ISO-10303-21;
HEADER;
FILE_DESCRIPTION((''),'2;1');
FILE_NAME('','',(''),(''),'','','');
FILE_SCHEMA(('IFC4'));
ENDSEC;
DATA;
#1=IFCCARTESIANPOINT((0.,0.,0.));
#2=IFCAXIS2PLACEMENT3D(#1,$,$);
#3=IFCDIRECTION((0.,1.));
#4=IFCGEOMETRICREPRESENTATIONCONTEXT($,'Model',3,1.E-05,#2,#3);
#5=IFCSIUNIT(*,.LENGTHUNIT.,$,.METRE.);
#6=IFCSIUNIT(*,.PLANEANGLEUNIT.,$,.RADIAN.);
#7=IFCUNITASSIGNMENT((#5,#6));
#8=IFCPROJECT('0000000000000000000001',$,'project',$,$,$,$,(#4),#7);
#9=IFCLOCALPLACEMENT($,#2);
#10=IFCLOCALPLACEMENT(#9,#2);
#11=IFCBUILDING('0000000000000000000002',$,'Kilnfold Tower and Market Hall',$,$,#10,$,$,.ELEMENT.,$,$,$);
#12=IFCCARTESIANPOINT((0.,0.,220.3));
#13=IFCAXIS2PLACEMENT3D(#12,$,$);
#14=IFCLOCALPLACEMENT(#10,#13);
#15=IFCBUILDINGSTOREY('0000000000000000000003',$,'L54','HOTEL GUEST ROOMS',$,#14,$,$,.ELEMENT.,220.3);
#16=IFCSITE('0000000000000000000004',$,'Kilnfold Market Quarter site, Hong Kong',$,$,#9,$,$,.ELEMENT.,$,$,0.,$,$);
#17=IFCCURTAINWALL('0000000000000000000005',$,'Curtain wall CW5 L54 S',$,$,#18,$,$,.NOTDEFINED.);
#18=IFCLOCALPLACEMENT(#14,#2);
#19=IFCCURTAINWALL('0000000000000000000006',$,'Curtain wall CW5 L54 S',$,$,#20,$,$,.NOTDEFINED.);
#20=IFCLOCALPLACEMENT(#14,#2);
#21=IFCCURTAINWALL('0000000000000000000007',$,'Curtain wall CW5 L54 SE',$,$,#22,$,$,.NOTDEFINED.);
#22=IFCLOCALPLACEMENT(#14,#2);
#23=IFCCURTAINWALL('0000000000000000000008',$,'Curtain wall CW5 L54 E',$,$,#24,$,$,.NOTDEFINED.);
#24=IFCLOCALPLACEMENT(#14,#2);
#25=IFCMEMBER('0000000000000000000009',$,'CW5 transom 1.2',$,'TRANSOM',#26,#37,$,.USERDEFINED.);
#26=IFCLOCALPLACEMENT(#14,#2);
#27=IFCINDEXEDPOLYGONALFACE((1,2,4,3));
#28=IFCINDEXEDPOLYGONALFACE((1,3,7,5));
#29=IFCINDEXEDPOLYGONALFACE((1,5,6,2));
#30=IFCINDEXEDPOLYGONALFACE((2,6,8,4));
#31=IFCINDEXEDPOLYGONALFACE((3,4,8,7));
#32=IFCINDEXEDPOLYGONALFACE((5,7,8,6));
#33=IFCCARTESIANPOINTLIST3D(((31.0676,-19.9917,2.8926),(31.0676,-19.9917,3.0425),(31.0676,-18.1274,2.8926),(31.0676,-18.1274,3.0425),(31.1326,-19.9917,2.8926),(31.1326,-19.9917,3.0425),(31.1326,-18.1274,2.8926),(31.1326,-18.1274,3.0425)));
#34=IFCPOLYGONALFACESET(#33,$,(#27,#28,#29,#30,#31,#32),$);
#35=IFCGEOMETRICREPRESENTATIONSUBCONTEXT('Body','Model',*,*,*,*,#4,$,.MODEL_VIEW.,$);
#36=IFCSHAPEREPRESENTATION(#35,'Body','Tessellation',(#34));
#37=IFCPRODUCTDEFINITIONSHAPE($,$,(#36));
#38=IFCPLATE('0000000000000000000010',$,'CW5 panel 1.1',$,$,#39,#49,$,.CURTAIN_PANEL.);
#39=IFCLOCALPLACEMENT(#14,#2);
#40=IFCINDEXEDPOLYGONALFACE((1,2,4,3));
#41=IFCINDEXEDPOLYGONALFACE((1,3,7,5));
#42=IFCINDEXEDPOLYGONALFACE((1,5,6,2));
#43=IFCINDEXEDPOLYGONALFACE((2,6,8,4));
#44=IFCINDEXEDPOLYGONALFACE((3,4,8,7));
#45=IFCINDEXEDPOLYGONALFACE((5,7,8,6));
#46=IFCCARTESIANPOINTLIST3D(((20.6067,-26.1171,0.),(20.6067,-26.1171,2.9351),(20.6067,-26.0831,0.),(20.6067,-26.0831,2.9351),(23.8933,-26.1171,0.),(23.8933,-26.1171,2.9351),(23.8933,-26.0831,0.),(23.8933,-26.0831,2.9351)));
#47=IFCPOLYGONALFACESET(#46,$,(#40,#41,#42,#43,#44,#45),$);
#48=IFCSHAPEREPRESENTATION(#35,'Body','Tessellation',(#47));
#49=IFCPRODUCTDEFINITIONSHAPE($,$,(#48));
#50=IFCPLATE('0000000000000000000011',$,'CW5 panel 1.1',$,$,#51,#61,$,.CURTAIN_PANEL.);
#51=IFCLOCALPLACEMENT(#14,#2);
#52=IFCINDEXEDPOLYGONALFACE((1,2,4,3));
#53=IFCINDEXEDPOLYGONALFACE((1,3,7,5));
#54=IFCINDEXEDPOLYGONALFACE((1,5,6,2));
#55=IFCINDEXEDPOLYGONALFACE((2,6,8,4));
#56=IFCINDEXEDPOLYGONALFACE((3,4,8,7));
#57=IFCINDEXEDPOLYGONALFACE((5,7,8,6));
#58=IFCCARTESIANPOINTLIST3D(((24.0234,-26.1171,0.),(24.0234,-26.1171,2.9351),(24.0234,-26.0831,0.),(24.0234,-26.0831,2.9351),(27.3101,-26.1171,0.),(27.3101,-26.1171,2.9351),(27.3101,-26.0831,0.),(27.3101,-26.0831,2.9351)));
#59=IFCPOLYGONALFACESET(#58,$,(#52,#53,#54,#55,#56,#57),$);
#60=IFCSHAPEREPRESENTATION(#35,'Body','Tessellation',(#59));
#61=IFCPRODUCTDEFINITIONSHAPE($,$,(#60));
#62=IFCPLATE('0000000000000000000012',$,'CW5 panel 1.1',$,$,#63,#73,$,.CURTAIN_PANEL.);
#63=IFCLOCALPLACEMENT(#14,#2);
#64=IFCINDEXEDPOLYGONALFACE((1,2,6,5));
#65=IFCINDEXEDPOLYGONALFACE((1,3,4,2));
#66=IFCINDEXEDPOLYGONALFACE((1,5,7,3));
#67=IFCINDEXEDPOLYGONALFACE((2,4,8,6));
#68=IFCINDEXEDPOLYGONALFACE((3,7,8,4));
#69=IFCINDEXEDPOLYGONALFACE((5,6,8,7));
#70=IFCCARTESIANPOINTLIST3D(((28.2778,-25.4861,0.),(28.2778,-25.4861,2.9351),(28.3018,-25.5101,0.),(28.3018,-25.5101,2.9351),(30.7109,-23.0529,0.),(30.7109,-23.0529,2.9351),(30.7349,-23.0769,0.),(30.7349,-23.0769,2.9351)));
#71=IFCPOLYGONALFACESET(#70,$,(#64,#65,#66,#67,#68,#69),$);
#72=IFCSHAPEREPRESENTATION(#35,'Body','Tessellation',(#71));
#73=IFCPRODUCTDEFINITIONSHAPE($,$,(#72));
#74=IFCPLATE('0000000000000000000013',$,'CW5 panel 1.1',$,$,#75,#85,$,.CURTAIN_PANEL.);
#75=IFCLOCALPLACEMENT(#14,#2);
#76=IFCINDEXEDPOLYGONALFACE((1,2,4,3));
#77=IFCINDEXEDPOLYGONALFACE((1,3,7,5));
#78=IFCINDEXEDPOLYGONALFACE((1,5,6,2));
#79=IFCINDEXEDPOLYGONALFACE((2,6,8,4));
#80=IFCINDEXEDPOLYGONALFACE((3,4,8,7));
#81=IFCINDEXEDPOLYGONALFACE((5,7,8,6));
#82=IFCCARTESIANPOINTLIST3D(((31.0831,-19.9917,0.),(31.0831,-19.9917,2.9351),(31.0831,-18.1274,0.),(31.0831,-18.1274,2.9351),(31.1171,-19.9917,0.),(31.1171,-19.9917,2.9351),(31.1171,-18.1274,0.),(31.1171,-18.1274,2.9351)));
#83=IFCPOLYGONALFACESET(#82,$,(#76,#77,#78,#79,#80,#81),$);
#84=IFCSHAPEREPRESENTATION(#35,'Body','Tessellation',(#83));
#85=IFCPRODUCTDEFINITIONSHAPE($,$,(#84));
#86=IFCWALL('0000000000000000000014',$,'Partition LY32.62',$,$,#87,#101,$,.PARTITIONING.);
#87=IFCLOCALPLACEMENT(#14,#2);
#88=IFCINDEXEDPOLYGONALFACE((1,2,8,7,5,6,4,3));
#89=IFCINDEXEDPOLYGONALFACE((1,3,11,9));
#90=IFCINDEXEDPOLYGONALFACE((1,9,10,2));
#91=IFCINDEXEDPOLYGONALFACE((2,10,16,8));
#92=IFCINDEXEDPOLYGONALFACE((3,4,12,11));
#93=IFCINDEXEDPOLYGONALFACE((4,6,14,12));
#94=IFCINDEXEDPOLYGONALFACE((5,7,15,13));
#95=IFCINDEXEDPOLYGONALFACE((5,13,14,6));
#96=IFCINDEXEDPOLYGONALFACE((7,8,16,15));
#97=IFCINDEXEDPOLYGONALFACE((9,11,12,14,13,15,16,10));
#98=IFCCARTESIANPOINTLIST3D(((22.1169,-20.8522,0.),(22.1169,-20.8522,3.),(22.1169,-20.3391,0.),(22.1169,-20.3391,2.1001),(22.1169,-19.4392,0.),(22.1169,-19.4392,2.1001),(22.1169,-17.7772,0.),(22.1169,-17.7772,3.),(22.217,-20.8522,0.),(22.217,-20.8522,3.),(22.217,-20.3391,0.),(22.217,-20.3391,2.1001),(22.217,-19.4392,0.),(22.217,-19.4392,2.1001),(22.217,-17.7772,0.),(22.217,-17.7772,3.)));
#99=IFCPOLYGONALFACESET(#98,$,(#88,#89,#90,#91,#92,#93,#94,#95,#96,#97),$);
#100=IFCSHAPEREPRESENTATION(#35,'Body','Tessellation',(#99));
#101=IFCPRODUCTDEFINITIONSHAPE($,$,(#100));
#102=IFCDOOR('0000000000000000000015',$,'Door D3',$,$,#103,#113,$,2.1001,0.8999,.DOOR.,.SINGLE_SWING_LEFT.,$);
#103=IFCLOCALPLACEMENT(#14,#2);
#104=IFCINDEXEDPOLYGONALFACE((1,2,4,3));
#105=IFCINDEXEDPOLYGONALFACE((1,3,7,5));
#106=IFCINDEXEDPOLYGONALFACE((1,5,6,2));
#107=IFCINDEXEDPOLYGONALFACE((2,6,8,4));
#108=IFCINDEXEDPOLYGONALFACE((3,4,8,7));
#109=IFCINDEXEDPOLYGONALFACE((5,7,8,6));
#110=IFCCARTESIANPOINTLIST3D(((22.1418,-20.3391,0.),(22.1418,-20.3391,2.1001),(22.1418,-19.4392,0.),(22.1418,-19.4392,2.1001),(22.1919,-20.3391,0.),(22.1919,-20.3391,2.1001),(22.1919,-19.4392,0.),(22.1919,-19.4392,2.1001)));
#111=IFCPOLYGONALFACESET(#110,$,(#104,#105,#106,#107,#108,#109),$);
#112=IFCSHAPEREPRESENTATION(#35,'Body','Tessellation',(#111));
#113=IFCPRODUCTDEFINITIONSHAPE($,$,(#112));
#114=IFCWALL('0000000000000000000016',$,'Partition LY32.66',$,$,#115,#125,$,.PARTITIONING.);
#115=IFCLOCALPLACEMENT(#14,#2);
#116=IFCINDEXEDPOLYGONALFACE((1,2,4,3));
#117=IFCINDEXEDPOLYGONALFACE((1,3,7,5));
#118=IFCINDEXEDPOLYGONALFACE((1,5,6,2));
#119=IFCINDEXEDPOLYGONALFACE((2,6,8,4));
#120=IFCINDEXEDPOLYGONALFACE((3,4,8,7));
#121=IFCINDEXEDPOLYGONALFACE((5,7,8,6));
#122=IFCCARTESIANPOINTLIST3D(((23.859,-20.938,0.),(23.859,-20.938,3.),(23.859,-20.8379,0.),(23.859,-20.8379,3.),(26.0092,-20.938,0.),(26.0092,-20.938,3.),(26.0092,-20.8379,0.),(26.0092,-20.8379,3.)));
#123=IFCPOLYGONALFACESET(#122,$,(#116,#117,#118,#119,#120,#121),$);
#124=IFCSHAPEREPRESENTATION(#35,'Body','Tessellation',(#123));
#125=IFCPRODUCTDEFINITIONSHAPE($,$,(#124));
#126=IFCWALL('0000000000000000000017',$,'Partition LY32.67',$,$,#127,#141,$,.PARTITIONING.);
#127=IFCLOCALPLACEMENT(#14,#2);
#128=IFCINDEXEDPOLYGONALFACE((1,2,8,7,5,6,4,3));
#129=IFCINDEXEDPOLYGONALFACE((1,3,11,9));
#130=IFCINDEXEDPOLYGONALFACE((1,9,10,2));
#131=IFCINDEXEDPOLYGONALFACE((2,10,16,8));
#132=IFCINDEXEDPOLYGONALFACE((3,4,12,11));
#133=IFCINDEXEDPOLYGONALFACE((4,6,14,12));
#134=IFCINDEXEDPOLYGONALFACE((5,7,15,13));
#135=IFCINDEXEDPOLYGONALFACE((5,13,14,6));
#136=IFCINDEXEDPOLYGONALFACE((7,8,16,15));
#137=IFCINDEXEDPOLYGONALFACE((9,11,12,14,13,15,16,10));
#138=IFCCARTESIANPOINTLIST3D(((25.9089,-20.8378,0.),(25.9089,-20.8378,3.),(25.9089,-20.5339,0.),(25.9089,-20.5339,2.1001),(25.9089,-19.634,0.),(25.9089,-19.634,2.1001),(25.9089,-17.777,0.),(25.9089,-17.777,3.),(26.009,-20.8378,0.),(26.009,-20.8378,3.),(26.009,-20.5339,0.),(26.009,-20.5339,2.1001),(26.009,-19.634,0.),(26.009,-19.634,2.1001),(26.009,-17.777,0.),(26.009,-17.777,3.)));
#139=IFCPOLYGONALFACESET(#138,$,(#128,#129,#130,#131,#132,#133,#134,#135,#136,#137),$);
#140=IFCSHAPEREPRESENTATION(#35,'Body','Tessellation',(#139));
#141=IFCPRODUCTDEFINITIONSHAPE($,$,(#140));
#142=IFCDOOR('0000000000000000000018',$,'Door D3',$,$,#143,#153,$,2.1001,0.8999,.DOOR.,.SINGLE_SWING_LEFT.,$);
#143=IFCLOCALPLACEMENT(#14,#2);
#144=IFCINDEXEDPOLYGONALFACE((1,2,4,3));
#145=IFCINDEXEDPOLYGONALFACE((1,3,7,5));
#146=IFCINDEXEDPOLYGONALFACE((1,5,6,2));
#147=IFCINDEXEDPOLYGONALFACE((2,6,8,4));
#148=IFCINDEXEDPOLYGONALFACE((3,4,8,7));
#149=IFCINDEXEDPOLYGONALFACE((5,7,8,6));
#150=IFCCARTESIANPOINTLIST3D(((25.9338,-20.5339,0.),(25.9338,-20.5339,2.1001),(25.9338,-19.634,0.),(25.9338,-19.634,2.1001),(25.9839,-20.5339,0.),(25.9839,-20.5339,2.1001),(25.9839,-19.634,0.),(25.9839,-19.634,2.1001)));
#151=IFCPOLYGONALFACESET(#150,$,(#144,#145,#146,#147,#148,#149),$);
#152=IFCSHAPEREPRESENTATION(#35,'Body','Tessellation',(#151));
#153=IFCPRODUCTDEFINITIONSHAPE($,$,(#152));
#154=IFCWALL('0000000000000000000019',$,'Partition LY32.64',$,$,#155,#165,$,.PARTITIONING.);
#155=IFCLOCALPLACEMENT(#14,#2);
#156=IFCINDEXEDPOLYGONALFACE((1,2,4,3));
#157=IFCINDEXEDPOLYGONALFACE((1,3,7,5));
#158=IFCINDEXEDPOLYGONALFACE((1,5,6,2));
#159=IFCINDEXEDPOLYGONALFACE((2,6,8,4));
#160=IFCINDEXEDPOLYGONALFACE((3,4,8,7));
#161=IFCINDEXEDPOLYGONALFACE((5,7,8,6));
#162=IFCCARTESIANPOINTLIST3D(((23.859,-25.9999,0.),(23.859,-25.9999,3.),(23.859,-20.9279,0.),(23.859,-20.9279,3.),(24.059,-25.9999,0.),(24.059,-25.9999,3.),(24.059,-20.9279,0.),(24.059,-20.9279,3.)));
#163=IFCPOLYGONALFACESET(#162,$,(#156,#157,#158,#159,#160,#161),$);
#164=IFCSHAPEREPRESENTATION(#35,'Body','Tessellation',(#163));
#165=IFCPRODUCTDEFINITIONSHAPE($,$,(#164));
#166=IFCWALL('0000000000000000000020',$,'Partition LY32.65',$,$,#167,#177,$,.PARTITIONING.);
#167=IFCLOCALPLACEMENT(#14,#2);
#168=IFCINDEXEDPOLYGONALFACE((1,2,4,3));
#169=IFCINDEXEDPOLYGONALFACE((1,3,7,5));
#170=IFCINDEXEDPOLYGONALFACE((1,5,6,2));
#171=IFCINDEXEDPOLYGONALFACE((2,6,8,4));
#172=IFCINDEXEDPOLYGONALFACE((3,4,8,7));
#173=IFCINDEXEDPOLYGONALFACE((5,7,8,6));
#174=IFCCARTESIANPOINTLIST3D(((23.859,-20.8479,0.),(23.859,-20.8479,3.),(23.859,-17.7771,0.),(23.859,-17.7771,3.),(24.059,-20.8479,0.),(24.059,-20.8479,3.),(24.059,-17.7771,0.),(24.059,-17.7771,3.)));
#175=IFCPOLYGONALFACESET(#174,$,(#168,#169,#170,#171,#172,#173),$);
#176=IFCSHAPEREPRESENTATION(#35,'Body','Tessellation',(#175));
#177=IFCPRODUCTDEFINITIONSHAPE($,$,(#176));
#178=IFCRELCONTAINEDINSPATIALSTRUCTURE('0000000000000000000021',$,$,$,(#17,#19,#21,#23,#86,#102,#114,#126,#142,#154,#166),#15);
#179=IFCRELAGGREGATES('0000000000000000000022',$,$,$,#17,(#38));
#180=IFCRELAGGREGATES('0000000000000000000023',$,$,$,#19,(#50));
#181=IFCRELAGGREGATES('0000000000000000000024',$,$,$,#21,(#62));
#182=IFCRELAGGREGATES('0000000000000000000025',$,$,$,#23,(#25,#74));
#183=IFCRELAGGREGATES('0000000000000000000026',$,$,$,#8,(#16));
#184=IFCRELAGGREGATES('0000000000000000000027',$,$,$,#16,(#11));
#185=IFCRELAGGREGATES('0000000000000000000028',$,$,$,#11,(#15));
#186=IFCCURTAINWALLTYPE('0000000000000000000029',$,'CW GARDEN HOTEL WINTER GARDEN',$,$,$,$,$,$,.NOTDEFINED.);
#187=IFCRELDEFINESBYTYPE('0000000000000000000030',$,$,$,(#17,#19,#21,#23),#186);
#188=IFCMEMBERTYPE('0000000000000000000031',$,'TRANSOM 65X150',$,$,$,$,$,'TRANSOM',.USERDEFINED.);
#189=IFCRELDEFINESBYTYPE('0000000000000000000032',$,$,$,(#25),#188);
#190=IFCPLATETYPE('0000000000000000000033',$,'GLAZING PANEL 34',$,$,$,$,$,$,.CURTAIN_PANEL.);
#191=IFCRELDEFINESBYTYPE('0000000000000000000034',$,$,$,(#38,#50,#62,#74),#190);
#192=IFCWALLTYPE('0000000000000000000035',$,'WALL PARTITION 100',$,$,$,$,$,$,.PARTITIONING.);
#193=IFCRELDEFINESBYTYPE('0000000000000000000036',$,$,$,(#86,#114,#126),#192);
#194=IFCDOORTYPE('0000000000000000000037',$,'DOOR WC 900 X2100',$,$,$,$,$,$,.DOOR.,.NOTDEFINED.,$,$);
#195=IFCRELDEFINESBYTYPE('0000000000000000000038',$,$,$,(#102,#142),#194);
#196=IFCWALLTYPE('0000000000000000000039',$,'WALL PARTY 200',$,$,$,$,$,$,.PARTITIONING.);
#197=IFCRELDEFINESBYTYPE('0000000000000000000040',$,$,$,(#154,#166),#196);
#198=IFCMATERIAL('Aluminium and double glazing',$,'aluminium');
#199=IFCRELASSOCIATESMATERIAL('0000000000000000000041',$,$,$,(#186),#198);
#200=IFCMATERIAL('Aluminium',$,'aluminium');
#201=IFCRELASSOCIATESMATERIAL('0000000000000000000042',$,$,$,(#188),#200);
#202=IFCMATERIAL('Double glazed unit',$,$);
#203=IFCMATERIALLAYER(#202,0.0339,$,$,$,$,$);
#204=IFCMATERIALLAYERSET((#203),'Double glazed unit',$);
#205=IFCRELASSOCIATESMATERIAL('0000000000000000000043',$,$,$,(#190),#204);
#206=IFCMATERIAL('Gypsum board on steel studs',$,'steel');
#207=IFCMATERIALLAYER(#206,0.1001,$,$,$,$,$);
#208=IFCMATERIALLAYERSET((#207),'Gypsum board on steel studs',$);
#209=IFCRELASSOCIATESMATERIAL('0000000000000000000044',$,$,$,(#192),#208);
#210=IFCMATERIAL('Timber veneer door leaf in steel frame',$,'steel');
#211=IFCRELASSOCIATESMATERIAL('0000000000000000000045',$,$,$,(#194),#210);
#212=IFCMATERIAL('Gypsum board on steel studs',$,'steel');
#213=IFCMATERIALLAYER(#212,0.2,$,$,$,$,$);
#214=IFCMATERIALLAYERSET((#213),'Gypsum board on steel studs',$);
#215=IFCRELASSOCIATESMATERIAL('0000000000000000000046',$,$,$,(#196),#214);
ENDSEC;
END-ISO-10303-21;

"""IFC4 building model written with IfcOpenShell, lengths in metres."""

from ifc_helpers import new_model, si_unit, direction, frame, frame_2d, origin, origin_2d, place, context, subcontext, project, spatial, rectangle, extrude, source, transform, mapped, material, layer, layer_set, material_profile, profile_set, type_object, element, fill, aggregate, save


model = new_model("IFC4")

# Units and contexts
model_context = context("Model", 3, precision=1e-05, world=origin(), true_north=direction((0.0, 1.0)))
body_context = subcontext(model_context, "Body", "Model", "MODEL_VIEW")
ifc_project = project(units=[si_unit("LENGTHUNIT", "METRE"), si_unit("PLANEANGLEUNIT", "RADIAN")], contexts=[model_context])

# Site, building, storey
site_placement = place(None, origin())
site = spatial("IfcSite", under=ifc_project, at=site_placement, Name="Kilnfold Market Quarter site, Hong Kong", CompositionType="ELEMENT", RefElevation=0.0)
building_placement = place(site_placement, origin())
building = spatial("IfcBuilding", under=site, at=building_placement, Name="Kilnfold Tower and Market Hall", CompositionType="ELEMENT")
storey_placement = place(building_placement, frame((0.0, 0.0, 220.3)))
storey = spatial("IfcBuildingStorey", under=building, at=storey_placement, Name="L54", Description="HOTEL GUEST ROOMS", CompositionType="ELEMENT", Elevation=220.3)

# Curtain wall
ifc_material_1 = material(Name="Aluminium and double glazing", Category="aluminium")
curtain_wall_type = type_object("IfcCurtainWallType", Name="CW GARDEN HOTEL WINTER GARDEN", PredefinedType="NOTDEFINED", material=ifc_material_1)
curtain_wall_1_placement = place(storey_placement, origin())
curtain_wall_1 = element("IfcCurtainWall", 1, at=curtain_wall_1_placement, inside=storey, type_object=curtain_wall_type, Name="Curtain wall CW5 L54 S", PredefinedType="NOTDEFINED")

# Curtain walls
curtain_wall_2_placement = place(storey_placement, origin())
curtain_wall_2 = element("IfcCurtainWall", 2, at=curtain_wall_2_placement, inside=storey, type_object=curtain_wall_type, Name="Curtain wall CW5 L54 S", PredefinedType="NOTDEFINED")
curtain_wall_3_placement = place(storey_placement, origin())
curtain_wall_3 = element("IfcCurtainWall", 3, at=curtain_wall_3_placement, inside=storey, type_object=curtain_wall_type, Name="Curtain wall CW5 L54 SE", PredefinedType="NOTDEFINED")
curtain_wall_4_placement = place(storey_placement, origin())
curtain_wall_4 = element("IfcCurtainWall", 4, at=curtain_wall_4_placement, inside=storey, type_object=curtain_wall_type, Name="Curtain wall CW5 L54 E", PredefinedType="NOTDEFINED")

# Member
ifc_material_2 = material(Name="Aluminium", Category="aluminium")
ifc_material_profile_1 = material_profile(ifc_material_2, rectangle(XDim=0.0649, YDim=0.1499, at=origin_2d()), Name="TRANSOM 65x150")
ifc_profile_set_1 = profile_set([ifc_material_profile_1], Name="Aluminium")
member_type_1 = type_object("IfcMemberType", Name="TRANSOM 65X150", ElementType="TRANSOM", PredefinedType="USERDEFINED", material=ifc_profile_set_1)
shared_shape_1 = source(origin(), body_context, "Body", "SweptSolid", [
    extrude(rectangle(XDim=0.0649, YDim=0.1499, at=origin_2d()), origin(), (0.0, 0.0, 1.0), 1.8643),
])
member_1_placement = place(storey_placement, frame((31.1001, -19.9917, 2.9675), z_axis=(0.0, 1.0, 0.0), x_axis=(-1.0, 0.0, 0.0)))
member_1 = element("IfcMember", 5, at=member_1_placement, type_object=member_type_1, Name="CW5 transom 1.2", ObjectType="TRANSOM", PredefinedType="USERDEFINED", context=body_context, shape_type="MappedRepresentation", body=[
    mapped(shared_shape_1, transform((0.0, 0.0, 0.0))),
])

# Plates
ifc_material_3 = material(Name="Double glazed unit")
ifc_layer_1 = layer(ifc_material_3, 0.0339)
ifc_layer_set_1 = layer_set([ifc_layer_1], Name="Double glazed unit")
plate_type = type_object("IfcPlateType", Name="GLAZING PANEL 34", PredefinedType="CURTAIN_PANEL", material=ifc_layer_set_1)
shared_shape_2 = source(origin(), body_context, "Body", "SweptSolid", [
    extrude(rectangle(XDim=3.2866, YDim=0.0339, at=origin_2d()), origin(), (0.0, 0.0, 1.0), 2.9351),
])
plate_1_placement = place(storey_placement, frame((22.25, -26.1001, 0.0), z_axis=(0.0, 0.0, 1.0), x_axis=(1.0, 0.0, 0.0)))
plate_1 = element("IfcPlate", 6, at=plate_1_placement, type_object=plate_type, Name="CW5 panel 1.1", PredefinedType="CURTAIN_PANEL", context=body_context, shape_type="MappedRepresentation", body=[
    mapped(shared_shape_2, transform((0.0, 0.0, 0.0))),
])
aggregate(curtain_wall_1, [plate_1])
plate_2_placement = place(storey_placement, frame((25.6667, -26.1001, 0.0), z_axis=(0.0, 0.0, 1.0), x_axis=(1.0, 0.0, 0.0)))
plate_2 = element("IfcPlate", 7, at=plate_2_placement, type_object=plate_type, Name="CW5 panel 1.1", PredefinedType="CURTAIN_PANEL", context=body_context, shape_type="MappedRepresentation", body=[
    mapped(shared_shape_2, transform((0.0, 0.0, 0.0))),
])
aggregate(curtain_wall_2, [plate_2])
shared_shape_3 = source(origin(), body_context, "Body", "SweptSolid", [
    extrude(rectangle(XDim=3.4409, YDim=0.0339, at=origin_2d()), origin(), (0.0, 0.0, 1.0), 2.9351),
])
plate_3_placement = place(storey_placement, frame((29.5063, -24.2815, 0.0), z_axis=(0.0, 0.0, 1.0), x_axis=(0.707093, 0.707121, 0.0)))
plate_3 = element("IfcPlate", 8, at=plate_3_placement, type_object=plate_type, Name="CW5 panel 1.1", PredefinedType="CURTAIN_PANEL", context=body_context, shape_type="MappedRepresentation", body=[
    mapped(shared_shape_3, transform((0.0, 0.0, 0.0))),
])
aggregate(curtain_wall_3, [plate_3])
shared_shape_4 = source(origin(), body_context, "Body", "SweptSolid", [
    extrude(rectangle(XDim=1.8643, YDim=0.0339, at=origin_2d()), origin(), (0.0, 0.0, 1.0), 2.9351),
])
plate_4_placement = place(storey_placement, frame((31.1001, -19.0596, 0.0), z_axis=(0.0, 0.0, 1.0), x_axis=(0.0, 1.0, 0.0)))
plate_4 = element("IfcPlate", 9, at=plate_4_placement, type_object=plate_type, Name="CW5 panel 1.1", PredefinedType="CURTAIN_PANEL", context=body_context, shape_type="MappedRepresentation", body=[
    mapped(shared_shape_4, transform((0.0, 0.0, 0.0))),
])
aggregate(curtain_wall_4, [member_1, plate_4])

# Wall, opening, door
ifc_material_4 = material(Name="Gypsum board on steel studs", Category="steel")
ifc_layer_2 = layer(ifc_material_4, 0.1001)
ifc_layer_set_2 = layer_set([ifc_layer_2], Name="Gypsum board on steel studs")
wall_type_1 = type_object("IfcWallType", Name="WALL PARTITION 100", PredefinedType="PARTITIONING", material=ifc_layer_set_2)
wall_1_placement = place(storey_placement, frame((22.167, -17.7771, 0.0), z_axis=(0.0, 0.0, 1.0), x_axis=(0.0, -1.0, 0.0)))
wall_1 = element("IfcWall", 10, at=wall_1_placement, inside=storey, type_object=wall_type_1, Name="Partition LY32.62", PredefinedType="PARTITIONING", context=body_context, shape_type="SweptSolid", body=[
    extrude(rectangle(XDim=3.075, YDim=0.1001, at=frame_2d((1.5376, 0.0))), origin(), (0.0, 0.0, 1.0), 3.0),
])
opening_1_placement = place(wall_1_placement, frame((1.6621, 0.0, 0.0)))
opening_1 = element("IfcOpeningElement", 11, at=opening_1_placement, cuts=wall_1, PredefinedType="OPENING", context=body_context, shape_type="SweptSolid", body=[
    extrude(rectangle(XDim=0.8999, YDim=2.1001, at=frame_2d((0.45, 1.05))), frame((0.0, 0.0601, 0.0), z_axis=(0.0, -1.0, 0.0), x_axis=(1.0, 0.0, 0.0)), (0.0, 0.0, 1.0), 0.1201),
])
ifc_material_5 = material(Name="Timber veneer door leaf in steel frame", Category="steel")
door_type_1 = type_object("IfcDoorType", Name="DOOR WC 900 X2100", OperationType="NOTDEFINED", PredefinedType="DOOR", material=ifc_material_5)
door_1_placement = place(opening_1_placement, origin())
door_1 = element("IfcDoor", 12, at=door_1_placement, inside=storey, type_object=door_type_1, Name="Door D3", OperationType="SINGLE_SWING_LEFT", OverallHeight=2.1001, OverallWidth=0.8999, PredefinedType="DOOR", context=body_context, shape_type="SweptSolid", body=[
    extrude(rectangle(XDim=0.8999, YDim=2.1001, at=frame_2d((0.45, 1.05))), frame((0.0, 0.0249, 0.0), z_axis=(0.0, -1.0, 0.0), x_axis=(1.0, 0.0, 0.0)), (0.0, 0.0, 1.0), 0.05),
])
fill(opening_1, door_1)

# Wall
wall_2_placement = place(storey_placement, frame((23.8589, -20.8879, 0.0), z_axis=(0.0, 0.0, 1.0), x_axis=(1.0, 0.0, 0.0)))
element("IfcWall", 13, at=wall_2_placement, inside=storey, type_object=wall_type_1, Name="Partition LY32.66", PredefinedType="PARTITIONING", context=body_context, shape_type="SweptSolid", body=[
    extrude(rectangle(XDim=2.1501, YDim=0.1001, at=frame_2d((1.0752, 0.0))), origin(), (0.0, 0.0, 1.0), 3.0),
])

# Wall, opening, door
wall_3_placement = place(storey_placement, frame((25.959, -17.7771, 0.0), z_axis=(0.0, 0.0, 1.0), x_axis=(0.0, -1.0, 0.0)))
wall_3 = element("IfcWall", 14, at=wall_3_placement, inside=storey, type_object=wall_type_1, Name="Partition LY32.67", PredefinedType="PARTITIONING", context=body_context, shape_type="SweptSolid", body=[
    extrude(rectangle(XDim=3.0608, YDim=0.1001, at=frame_2d((1.5303, 0.0))), origin(), (0.0, 0.0, 1.0), 3.0),
])
opening_2_placement = place(wall_3_placement, frame((1.8569, 0.0, 0.0)))
opening_2 = element("IfcOpeningElement", 15, at=opening_2_placement, cuts=wall_3, PredefinedType="OPENING", context=body_context, shape_type="SweptSolid", body=[
    extrude(rectangle(XDim=0.8999, YDim=2.1001, at=frame_2d((0.45, 1.05))), frame((0.0, 0.0601, 0.0), z_axis=(0.0, -1.0, 0.0), x_axis=(1.0, 0.0, 0.0)), (0.0, 0.0, 1.0), 0.1201),
])
door_2_placement = place(opening_2_placement, origin())
door_2 = element("IfcDoor", 16, at=door_2_placement, inside=storey, type_object=door_type_1, Name="Door D3", OperationType="SINGLE_SWING_LEFT", OverallHeight=2.1001, OverallWidth=0.8999, PredefinedType="DOOR", context=body_context, shape_type="SweptSolid", body=[
    extrude(rectangle(XDim=0.8999, YDim=2.1001, at=frame_2d((0.45, 1.05))), frame((0.0, 0.0249, 0.0), z_axis=(0.0, -1.0, 0.0), x_axis=(1.0, 0.0, 0.0)), (0.0, 0.0, 1.0), 0.05),
])
fill(opening_2, door_2)

# Walls
ifc_material_6 = material(Name="Gypsum board on steel studs", Category="steel")
ifc_layer_3 = layer(ifc_material_6, 0.2)
ifc_layer_set_3 = layer_set([ifc_layer_3], Name="Gypsum board on steel studs")
wall_type_2 = type_object("IfcWallType", Name="WALL PARTY 200", PredefinedType="PARTITIONING", material=ifc_layer_set_3)
wall_4_placement = place(storey_placement, frame((23.959, -26.0, 0.0), z_axis=(0.0, 0.0, 1.0), x_axis=(0.0, 1.0, 0.0)))
element("IfcWall", 17, at=wall_4_placement, inside=storey, type_object=wall_type_2, Name="Partition LY32.64", PredefinedType="PARTITIONING", context=body_context, shape_type="SweptSolid", body=[
    extrude(rectangle(XDim=5.072, YDim=0.2, at=frame_2d((2.5361, 0.0))), origin(), (0.0, 0.0, 1.0), 3.0),
])
wall_5_placement = place(storey_placement, frame((23.959, -20.8479, 0.0), z_axis=(0.0, 0.0, 1.0), x_axis=(0.0, 1.0, 0.0)))
element("IfcWall", 18, at=wall_5_placement, inside=storey, type_object=wall_type_2, Name="Partition LY32.65", PredefinedType="PARTITIONING", context=body_context, shape_type="SweptSolid", body=[
    extrude(rectangle(XDim=3.0708, YDim=0.2, at=frame_2d((1.5354, 0.0))), origin(), (0.0, 0.0, 1.0), 3.0),
])

save(model, "model.ifc")
